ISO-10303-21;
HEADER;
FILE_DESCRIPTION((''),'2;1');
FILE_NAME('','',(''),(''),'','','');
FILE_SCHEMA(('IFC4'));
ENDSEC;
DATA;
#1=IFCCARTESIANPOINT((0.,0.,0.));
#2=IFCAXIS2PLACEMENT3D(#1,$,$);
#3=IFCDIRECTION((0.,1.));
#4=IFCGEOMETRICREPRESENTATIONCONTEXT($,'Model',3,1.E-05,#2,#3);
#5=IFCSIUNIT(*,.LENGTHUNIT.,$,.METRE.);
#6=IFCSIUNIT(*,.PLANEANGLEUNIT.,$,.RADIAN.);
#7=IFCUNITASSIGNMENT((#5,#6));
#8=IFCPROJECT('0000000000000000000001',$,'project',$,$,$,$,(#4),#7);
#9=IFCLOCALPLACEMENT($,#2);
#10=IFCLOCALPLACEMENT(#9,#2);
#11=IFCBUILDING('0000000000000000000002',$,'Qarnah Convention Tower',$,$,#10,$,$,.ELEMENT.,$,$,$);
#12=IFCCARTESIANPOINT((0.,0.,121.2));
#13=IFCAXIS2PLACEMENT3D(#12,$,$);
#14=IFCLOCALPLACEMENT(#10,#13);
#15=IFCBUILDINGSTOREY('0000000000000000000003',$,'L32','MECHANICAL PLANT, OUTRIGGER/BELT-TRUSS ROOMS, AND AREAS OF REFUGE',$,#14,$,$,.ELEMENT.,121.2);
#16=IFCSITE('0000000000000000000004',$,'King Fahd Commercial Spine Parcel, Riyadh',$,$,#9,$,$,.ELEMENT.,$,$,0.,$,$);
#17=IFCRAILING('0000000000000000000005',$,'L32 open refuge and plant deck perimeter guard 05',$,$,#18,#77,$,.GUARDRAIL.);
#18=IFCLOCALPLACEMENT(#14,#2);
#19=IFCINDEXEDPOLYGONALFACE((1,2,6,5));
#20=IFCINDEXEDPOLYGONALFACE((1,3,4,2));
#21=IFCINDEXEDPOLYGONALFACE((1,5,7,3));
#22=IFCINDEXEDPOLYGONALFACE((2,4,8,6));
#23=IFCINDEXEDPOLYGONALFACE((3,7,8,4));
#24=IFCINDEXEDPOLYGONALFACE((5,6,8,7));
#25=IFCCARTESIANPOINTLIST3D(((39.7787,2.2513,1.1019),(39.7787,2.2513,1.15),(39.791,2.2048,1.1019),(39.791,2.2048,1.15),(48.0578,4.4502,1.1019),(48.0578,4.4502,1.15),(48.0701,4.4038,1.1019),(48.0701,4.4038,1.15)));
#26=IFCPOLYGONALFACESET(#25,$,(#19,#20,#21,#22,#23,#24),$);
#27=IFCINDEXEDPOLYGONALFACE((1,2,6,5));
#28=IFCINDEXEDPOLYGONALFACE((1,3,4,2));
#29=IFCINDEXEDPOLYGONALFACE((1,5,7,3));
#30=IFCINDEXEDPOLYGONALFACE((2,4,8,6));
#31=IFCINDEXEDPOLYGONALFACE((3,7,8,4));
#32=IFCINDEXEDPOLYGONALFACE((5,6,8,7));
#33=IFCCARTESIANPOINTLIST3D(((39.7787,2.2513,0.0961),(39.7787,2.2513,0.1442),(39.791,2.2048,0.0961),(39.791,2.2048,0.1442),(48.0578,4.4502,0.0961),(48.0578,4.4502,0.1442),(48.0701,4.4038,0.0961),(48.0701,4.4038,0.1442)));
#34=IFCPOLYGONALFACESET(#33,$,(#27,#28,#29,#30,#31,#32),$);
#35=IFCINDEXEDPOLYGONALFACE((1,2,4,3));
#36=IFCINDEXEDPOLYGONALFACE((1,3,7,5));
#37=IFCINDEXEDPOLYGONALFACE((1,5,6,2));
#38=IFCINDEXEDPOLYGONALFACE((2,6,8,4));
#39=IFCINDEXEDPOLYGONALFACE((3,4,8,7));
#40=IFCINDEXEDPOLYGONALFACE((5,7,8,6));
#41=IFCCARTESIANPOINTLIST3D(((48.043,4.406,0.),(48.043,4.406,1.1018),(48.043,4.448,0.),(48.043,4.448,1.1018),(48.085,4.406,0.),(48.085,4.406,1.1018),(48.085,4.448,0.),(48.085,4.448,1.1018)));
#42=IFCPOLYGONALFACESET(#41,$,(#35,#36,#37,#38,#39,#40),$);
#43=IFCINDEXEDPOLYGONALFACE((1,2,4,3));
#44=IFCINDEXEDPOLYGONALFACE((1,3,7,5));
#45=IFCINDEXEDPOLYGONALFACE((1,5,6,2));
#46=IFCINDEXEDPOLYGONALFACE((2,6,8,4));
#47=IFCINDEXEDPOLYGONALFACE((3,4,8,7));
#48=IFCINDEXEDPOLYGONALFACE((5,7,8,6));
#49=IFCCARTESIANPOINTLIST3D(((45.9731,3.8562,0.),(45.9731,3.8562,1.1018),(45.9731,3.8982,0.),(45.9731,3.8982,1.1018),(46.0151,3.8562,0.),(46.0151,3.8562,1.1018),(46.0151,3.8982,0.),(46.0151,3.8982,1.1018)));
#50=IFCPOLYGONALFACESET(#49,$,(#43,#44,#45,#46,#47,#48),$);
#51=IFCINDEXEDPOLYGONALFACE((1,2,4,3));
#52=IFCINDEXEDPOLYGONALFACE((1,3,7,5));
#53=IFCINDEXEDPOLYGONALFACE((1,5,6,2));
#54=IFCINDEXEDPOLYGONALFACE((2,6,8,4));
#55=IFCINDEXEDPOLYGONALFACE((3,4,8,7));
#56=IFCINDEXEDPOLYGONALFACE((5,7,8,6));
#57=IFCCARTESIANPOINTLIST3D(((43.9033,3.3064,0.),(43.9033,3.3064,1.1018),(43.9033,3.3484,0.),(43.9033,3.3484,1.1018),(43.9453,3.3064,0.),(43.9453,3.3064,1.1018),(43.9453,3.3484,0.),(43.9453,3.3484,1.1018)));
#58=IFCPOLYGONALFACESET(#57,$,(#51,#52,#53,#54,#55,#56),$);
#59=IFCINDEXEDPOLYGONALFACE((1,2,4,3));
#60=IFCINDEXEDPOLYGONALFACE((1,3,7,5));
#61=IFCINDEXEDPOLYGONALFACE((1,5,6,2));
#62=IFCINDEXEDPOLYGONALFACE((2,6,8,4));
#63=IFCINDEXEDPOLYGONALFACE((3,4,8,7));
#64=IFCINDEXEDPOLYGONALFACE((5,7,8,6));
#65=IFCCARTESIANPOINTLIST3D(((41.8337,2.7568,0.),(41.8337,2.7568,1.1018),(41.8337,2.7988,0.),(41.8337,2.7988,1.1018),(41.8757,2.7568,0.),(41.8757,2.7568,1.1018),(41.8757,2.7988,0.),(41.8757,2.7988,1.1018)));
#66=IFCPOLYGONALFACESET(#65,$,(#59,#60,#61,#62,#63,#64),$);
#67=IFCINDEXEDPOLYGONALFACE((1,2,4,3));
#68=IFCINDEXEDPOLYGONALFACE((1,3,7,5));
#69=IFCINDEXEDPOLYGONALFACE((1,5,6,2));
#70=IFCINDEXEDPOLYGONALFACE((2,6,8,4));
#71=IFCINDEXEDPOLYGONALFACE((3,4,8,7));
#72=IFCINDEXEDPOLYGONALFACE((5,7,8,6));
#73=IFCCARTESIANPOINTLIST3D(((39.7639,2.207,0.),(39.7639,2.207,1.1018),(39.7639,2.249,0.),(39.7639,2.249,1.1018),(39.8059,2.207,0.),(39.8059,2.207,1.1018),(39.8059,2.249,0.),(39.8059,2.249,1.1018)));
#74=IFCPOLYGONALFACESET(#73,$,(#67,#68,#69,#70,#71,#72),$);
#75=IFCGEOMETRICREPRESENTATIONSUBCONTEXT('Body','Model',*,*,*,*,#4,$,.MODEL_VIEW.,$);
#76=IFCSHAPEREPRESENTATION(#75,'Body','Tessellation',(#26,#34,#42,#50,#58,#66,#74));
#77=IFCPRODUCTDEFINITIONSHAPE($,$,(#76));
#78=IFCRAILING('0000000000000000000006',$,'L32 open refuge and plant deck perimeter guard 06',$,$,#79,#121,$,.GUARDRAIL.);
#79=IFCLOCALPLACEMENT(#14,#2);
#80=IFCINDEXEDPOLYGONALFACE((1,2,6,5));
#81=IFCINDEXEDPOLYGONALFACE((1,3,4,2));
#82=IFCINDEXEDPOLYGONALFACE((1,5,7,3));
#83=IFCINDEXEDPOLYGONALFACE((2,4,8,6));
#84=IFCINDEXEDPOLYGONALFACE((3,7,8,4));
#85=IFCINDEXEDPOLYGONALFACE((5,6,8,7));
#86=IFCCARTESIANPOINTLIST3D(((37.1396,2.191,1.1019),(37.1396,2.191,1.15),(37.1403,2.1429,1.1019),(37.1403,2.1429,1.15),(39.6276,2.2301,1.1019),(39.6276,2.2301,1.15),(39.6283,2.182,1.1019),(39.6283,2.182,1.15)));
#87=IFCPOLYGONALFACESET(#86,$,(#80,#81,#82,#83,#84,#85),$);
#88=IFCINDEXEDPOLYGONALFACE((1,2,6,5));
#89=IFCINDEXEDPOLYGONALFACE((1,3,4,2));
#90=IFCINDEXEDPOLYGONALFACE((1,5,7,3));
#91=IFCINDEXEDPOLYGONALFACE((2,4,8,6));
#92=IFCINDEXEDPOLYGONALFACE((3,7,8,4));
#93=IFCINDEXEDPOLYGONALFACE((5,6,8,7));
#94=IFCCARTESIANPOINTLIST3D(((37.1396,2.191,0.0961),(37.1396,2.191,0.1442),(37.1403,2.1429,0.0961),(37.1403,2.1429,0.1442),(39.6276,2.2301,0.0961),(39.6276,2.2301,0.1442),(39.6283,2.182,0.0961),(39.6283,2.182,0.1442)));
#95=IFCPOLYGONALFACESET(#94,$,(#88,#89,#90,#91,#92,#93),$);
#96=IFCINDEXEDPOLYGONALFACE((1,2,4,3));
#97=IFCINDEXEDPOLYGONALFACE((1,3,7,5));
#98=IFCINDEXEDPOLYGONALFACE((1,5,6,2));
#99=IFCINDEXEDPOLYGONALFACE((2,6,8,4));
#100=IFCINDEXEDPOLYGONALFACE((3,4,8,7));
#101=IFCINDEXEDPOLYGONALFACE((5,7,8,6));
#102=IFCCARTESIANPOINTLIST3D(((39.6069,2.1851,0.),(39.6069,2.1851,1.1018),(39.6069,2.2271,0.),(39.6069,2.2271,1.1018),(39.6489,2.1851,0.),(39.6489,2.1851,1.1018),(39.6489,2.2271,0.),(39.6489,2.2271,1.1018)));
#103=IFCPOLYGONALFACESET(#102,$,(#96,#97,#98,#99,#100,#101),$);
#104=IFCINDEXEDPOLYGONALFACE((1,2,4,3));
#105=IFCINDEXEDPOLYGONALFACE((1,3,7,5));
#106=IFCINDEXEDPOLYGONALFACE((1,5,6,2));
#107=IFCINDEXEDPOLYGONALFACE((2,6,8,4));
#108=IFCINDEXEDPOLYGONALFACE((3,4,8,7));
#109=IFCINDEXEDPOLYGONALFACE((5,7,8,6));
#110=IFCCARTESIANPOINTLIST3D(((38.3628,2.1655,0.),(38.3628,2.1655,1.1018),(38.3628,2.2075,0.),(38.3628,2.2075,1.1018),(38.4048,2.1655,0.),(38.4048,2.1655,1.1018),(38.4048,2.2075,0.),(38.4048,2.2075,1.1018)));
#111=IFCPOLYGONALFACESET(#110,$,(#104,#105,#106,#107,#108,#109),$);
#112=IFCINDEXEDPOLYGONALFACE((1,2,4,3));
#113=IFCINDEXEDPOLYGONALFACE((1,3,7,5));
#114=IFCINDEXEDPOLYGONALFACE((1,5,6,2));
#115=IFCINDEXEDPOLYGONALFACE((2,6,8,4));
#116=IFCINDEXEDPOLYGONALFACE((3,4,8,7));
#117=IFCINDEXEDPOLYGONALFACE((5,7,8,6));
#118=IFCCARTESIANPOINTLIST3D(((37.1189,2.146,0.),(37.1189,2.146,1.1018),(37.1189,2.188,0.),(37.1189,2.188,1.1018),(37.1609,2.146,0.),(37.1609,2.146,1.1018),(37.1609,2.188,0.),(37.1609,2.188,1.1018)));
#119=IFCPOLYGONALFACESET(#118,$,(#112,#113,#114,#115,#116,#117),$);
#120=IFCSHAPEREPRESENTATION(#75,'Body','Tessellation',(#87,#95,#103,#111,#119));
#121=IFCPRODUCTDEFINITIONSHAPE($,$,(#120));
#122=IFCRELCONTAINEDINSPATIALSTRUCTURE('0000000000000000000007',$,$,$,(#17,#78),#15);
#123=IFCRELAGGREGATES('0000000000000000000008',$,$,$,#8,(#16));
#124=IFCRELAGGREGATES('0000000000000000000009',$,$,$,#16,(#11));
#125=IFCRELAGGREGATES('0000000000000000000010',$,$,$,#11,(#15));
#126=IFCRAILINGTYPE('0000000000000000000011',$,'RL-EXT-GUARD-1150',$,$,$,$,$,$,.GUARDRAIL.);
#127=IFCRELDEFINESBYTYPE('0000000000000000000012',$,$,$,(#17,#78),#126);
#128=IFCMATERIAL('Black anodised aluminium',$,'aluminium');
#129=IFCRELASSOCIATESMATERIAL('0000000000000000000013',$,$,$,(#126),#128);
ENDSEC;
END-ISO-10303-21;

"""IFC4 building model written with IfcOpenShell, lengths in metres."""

from ifc_helpers import new_model, si_unit, direction, frame, origin, origin_2d, place, context, subcontext, project, spatial, rectangle, extrude, material, type_object, element, save


model = new_model("IFC4")

# Units and contexts
model_context = context("Model", 3, precision=1e-05, world=origin(), true_north=direction((0.0, 1.0)))
body_context = subcontext(model_context, "Body", "Model", "MODEL_VIEW")
ifc_project = project(units=[si_unit("LENGTHUNIT", "METRE"), si_unit("PLANEANGLEUNIT", "RADIAN")], contexts=[model_context])

# Site, building, storey
site_placement = place(None, origin())
site = spatial("IfcSite", under=ifc_project, at=site_placement, Name="King Fahd Commercial Spine Parcel, Riyadh", CompositionType="ELEMENT", RefElevation=0.0)
building_placement = place(site_placement, origin())
building = spatial("IfcBuilding", under=site, at=building_placement, Name="Qarnah Convention Tower", CompositionType="ELEMENT")
storey_placement = place(building_placement, frame((0.0, 0.0, 121.2)))
storey = spatial("IfcBuildingStorey", under=building, at=storey_placement, Name="L32", Description="MECHANICAL PLANT, OUTRIGGER/BELT-TRUSS ROOMS, AND AREAS OF REFUGE", CompositionType="ELEMENT", Elevation=121.2)

# Railings
ifc_material_1 = material(Name="Black anodised aluminium", Category="aluminium")
railing_type = type_object("IfcRailingType", Name="RL-EXT-GUARD-1150", PredefinedType="GUARDRAIL", material=ifc_material_1)
railing_1_placement = place(storey_placement, frame((48.064, 4.427, 0.0)))
element("IfcRailing", 1, at=railing_1_placement, inside=storey, type_object=railing_type, Name="L32 open refuge and plant deck perimeter guard 05", PredefinedType="GUARDRAIL", context=body_context, shape_type="SweptSolid", body=[
    extrude(rectangle(XDim=0.0481, YDim=0.0481, at=origin_2d()), frame((0.0, 0.0, 1.126), z_axis=(-0.966489, -0.256706, 0.0), x_axis=(0.256706, -0.966489, 0.0)), (0.0, 0.0, 1.0), 8.5662),
    extrude(rectangle(XDim=0.0481, YDim=0.0481, at=origin_2d()), frame((0.0, 0.0, 0.1201), z_axis=(-0.966489, -0.256706, 0.0), x_axis=(0.256706, -0.966489, 0.0)), (0.0, 0.0, 1.0), 8.5662),
    extrude(rectangle(XDim=0.042, YDim=0.042, at=origin_2d()), origin(), (0.0, 0.0, 1.0), 1.1018),
    extrude(rectangle(XDim=0.042, YDim=0.042, at=origin_2d()), frame((-2.0698, -0.5498, 0.0)), (0.0, 0.0, 1.0), 1.1018),
    extrude(rectangle(XDim=0.042, YDim=0.042, at=origin_2d()), frame((-4.1396, -1.0996, 0.0)), (0.0, 0.0, 1.0), 1.1018),
    extrude(rectangle(XDim=0.042, YDim=0.042, at=origin_2d()), frame((-6.2092, -1.6492, 0.0)), (0.0, 0.0, 1.0), 1.1018),
    extrude(rectangle(XDim=0.042, YDim=0.042, at=origin_2d()), frame((-8.2791, -2.199, 0.0)), (0.0, 0.0, 1.0), 1.1018),
])
railing_2_placement = place(storey_placement, frame((39.6279, 2.2061, 0.0)))
element("IfcRailing", 2, at=railing_2_placement, inside=storey, type_object=railing_type, Name="L32 open refuge and plant deck perimeter guard 06", PredefinedType="GUARDRAIL", context=body_context, shape_type="SweptSolid", body=[
    extrude(rectangle(XDim=0.0481, YDim=0.0481, at=origin_2d()), frame((0.0, 0.0, 1.126), z_axis=(-0.999877, -0.015698, 0.0), x_axis=(0.015698, -0.999877, 0.0)), (0.0, 0.0, 1.0), 2.4883),
    extrude(rectangle(XDim=0.0481, YDim=0.0481, at=origin_2d()), frame((0.0, 0.0, 0.1201), z_axis=(-0.999877, -0.015698, 0.0), x_axis=(0.015698, -0.999877, 0.0)), (0.0, 0.0, 1.0), 2.4883),
    extrude(rectangle(XDim=0.042, YDim=0.042, at=origin_2d()), origin(), (0.0, 0.0, 1.0), 1.1018),
    extrude(rectangle(XDim=0.042, YDim=0.042, at=origin_2d()), frame((-1.2441, -0.0195, 0.0)), (0.0, 0.0, 1.0), 1.1018),
    extrude(rectangle(XDim=0.042, YDim=0.042, at=origin_2d()), frame((-2.488, -0.0391, 0.0)), (0.0, 0.0, 1.0), 1.1018),
])

save(model, "model.ifc")
